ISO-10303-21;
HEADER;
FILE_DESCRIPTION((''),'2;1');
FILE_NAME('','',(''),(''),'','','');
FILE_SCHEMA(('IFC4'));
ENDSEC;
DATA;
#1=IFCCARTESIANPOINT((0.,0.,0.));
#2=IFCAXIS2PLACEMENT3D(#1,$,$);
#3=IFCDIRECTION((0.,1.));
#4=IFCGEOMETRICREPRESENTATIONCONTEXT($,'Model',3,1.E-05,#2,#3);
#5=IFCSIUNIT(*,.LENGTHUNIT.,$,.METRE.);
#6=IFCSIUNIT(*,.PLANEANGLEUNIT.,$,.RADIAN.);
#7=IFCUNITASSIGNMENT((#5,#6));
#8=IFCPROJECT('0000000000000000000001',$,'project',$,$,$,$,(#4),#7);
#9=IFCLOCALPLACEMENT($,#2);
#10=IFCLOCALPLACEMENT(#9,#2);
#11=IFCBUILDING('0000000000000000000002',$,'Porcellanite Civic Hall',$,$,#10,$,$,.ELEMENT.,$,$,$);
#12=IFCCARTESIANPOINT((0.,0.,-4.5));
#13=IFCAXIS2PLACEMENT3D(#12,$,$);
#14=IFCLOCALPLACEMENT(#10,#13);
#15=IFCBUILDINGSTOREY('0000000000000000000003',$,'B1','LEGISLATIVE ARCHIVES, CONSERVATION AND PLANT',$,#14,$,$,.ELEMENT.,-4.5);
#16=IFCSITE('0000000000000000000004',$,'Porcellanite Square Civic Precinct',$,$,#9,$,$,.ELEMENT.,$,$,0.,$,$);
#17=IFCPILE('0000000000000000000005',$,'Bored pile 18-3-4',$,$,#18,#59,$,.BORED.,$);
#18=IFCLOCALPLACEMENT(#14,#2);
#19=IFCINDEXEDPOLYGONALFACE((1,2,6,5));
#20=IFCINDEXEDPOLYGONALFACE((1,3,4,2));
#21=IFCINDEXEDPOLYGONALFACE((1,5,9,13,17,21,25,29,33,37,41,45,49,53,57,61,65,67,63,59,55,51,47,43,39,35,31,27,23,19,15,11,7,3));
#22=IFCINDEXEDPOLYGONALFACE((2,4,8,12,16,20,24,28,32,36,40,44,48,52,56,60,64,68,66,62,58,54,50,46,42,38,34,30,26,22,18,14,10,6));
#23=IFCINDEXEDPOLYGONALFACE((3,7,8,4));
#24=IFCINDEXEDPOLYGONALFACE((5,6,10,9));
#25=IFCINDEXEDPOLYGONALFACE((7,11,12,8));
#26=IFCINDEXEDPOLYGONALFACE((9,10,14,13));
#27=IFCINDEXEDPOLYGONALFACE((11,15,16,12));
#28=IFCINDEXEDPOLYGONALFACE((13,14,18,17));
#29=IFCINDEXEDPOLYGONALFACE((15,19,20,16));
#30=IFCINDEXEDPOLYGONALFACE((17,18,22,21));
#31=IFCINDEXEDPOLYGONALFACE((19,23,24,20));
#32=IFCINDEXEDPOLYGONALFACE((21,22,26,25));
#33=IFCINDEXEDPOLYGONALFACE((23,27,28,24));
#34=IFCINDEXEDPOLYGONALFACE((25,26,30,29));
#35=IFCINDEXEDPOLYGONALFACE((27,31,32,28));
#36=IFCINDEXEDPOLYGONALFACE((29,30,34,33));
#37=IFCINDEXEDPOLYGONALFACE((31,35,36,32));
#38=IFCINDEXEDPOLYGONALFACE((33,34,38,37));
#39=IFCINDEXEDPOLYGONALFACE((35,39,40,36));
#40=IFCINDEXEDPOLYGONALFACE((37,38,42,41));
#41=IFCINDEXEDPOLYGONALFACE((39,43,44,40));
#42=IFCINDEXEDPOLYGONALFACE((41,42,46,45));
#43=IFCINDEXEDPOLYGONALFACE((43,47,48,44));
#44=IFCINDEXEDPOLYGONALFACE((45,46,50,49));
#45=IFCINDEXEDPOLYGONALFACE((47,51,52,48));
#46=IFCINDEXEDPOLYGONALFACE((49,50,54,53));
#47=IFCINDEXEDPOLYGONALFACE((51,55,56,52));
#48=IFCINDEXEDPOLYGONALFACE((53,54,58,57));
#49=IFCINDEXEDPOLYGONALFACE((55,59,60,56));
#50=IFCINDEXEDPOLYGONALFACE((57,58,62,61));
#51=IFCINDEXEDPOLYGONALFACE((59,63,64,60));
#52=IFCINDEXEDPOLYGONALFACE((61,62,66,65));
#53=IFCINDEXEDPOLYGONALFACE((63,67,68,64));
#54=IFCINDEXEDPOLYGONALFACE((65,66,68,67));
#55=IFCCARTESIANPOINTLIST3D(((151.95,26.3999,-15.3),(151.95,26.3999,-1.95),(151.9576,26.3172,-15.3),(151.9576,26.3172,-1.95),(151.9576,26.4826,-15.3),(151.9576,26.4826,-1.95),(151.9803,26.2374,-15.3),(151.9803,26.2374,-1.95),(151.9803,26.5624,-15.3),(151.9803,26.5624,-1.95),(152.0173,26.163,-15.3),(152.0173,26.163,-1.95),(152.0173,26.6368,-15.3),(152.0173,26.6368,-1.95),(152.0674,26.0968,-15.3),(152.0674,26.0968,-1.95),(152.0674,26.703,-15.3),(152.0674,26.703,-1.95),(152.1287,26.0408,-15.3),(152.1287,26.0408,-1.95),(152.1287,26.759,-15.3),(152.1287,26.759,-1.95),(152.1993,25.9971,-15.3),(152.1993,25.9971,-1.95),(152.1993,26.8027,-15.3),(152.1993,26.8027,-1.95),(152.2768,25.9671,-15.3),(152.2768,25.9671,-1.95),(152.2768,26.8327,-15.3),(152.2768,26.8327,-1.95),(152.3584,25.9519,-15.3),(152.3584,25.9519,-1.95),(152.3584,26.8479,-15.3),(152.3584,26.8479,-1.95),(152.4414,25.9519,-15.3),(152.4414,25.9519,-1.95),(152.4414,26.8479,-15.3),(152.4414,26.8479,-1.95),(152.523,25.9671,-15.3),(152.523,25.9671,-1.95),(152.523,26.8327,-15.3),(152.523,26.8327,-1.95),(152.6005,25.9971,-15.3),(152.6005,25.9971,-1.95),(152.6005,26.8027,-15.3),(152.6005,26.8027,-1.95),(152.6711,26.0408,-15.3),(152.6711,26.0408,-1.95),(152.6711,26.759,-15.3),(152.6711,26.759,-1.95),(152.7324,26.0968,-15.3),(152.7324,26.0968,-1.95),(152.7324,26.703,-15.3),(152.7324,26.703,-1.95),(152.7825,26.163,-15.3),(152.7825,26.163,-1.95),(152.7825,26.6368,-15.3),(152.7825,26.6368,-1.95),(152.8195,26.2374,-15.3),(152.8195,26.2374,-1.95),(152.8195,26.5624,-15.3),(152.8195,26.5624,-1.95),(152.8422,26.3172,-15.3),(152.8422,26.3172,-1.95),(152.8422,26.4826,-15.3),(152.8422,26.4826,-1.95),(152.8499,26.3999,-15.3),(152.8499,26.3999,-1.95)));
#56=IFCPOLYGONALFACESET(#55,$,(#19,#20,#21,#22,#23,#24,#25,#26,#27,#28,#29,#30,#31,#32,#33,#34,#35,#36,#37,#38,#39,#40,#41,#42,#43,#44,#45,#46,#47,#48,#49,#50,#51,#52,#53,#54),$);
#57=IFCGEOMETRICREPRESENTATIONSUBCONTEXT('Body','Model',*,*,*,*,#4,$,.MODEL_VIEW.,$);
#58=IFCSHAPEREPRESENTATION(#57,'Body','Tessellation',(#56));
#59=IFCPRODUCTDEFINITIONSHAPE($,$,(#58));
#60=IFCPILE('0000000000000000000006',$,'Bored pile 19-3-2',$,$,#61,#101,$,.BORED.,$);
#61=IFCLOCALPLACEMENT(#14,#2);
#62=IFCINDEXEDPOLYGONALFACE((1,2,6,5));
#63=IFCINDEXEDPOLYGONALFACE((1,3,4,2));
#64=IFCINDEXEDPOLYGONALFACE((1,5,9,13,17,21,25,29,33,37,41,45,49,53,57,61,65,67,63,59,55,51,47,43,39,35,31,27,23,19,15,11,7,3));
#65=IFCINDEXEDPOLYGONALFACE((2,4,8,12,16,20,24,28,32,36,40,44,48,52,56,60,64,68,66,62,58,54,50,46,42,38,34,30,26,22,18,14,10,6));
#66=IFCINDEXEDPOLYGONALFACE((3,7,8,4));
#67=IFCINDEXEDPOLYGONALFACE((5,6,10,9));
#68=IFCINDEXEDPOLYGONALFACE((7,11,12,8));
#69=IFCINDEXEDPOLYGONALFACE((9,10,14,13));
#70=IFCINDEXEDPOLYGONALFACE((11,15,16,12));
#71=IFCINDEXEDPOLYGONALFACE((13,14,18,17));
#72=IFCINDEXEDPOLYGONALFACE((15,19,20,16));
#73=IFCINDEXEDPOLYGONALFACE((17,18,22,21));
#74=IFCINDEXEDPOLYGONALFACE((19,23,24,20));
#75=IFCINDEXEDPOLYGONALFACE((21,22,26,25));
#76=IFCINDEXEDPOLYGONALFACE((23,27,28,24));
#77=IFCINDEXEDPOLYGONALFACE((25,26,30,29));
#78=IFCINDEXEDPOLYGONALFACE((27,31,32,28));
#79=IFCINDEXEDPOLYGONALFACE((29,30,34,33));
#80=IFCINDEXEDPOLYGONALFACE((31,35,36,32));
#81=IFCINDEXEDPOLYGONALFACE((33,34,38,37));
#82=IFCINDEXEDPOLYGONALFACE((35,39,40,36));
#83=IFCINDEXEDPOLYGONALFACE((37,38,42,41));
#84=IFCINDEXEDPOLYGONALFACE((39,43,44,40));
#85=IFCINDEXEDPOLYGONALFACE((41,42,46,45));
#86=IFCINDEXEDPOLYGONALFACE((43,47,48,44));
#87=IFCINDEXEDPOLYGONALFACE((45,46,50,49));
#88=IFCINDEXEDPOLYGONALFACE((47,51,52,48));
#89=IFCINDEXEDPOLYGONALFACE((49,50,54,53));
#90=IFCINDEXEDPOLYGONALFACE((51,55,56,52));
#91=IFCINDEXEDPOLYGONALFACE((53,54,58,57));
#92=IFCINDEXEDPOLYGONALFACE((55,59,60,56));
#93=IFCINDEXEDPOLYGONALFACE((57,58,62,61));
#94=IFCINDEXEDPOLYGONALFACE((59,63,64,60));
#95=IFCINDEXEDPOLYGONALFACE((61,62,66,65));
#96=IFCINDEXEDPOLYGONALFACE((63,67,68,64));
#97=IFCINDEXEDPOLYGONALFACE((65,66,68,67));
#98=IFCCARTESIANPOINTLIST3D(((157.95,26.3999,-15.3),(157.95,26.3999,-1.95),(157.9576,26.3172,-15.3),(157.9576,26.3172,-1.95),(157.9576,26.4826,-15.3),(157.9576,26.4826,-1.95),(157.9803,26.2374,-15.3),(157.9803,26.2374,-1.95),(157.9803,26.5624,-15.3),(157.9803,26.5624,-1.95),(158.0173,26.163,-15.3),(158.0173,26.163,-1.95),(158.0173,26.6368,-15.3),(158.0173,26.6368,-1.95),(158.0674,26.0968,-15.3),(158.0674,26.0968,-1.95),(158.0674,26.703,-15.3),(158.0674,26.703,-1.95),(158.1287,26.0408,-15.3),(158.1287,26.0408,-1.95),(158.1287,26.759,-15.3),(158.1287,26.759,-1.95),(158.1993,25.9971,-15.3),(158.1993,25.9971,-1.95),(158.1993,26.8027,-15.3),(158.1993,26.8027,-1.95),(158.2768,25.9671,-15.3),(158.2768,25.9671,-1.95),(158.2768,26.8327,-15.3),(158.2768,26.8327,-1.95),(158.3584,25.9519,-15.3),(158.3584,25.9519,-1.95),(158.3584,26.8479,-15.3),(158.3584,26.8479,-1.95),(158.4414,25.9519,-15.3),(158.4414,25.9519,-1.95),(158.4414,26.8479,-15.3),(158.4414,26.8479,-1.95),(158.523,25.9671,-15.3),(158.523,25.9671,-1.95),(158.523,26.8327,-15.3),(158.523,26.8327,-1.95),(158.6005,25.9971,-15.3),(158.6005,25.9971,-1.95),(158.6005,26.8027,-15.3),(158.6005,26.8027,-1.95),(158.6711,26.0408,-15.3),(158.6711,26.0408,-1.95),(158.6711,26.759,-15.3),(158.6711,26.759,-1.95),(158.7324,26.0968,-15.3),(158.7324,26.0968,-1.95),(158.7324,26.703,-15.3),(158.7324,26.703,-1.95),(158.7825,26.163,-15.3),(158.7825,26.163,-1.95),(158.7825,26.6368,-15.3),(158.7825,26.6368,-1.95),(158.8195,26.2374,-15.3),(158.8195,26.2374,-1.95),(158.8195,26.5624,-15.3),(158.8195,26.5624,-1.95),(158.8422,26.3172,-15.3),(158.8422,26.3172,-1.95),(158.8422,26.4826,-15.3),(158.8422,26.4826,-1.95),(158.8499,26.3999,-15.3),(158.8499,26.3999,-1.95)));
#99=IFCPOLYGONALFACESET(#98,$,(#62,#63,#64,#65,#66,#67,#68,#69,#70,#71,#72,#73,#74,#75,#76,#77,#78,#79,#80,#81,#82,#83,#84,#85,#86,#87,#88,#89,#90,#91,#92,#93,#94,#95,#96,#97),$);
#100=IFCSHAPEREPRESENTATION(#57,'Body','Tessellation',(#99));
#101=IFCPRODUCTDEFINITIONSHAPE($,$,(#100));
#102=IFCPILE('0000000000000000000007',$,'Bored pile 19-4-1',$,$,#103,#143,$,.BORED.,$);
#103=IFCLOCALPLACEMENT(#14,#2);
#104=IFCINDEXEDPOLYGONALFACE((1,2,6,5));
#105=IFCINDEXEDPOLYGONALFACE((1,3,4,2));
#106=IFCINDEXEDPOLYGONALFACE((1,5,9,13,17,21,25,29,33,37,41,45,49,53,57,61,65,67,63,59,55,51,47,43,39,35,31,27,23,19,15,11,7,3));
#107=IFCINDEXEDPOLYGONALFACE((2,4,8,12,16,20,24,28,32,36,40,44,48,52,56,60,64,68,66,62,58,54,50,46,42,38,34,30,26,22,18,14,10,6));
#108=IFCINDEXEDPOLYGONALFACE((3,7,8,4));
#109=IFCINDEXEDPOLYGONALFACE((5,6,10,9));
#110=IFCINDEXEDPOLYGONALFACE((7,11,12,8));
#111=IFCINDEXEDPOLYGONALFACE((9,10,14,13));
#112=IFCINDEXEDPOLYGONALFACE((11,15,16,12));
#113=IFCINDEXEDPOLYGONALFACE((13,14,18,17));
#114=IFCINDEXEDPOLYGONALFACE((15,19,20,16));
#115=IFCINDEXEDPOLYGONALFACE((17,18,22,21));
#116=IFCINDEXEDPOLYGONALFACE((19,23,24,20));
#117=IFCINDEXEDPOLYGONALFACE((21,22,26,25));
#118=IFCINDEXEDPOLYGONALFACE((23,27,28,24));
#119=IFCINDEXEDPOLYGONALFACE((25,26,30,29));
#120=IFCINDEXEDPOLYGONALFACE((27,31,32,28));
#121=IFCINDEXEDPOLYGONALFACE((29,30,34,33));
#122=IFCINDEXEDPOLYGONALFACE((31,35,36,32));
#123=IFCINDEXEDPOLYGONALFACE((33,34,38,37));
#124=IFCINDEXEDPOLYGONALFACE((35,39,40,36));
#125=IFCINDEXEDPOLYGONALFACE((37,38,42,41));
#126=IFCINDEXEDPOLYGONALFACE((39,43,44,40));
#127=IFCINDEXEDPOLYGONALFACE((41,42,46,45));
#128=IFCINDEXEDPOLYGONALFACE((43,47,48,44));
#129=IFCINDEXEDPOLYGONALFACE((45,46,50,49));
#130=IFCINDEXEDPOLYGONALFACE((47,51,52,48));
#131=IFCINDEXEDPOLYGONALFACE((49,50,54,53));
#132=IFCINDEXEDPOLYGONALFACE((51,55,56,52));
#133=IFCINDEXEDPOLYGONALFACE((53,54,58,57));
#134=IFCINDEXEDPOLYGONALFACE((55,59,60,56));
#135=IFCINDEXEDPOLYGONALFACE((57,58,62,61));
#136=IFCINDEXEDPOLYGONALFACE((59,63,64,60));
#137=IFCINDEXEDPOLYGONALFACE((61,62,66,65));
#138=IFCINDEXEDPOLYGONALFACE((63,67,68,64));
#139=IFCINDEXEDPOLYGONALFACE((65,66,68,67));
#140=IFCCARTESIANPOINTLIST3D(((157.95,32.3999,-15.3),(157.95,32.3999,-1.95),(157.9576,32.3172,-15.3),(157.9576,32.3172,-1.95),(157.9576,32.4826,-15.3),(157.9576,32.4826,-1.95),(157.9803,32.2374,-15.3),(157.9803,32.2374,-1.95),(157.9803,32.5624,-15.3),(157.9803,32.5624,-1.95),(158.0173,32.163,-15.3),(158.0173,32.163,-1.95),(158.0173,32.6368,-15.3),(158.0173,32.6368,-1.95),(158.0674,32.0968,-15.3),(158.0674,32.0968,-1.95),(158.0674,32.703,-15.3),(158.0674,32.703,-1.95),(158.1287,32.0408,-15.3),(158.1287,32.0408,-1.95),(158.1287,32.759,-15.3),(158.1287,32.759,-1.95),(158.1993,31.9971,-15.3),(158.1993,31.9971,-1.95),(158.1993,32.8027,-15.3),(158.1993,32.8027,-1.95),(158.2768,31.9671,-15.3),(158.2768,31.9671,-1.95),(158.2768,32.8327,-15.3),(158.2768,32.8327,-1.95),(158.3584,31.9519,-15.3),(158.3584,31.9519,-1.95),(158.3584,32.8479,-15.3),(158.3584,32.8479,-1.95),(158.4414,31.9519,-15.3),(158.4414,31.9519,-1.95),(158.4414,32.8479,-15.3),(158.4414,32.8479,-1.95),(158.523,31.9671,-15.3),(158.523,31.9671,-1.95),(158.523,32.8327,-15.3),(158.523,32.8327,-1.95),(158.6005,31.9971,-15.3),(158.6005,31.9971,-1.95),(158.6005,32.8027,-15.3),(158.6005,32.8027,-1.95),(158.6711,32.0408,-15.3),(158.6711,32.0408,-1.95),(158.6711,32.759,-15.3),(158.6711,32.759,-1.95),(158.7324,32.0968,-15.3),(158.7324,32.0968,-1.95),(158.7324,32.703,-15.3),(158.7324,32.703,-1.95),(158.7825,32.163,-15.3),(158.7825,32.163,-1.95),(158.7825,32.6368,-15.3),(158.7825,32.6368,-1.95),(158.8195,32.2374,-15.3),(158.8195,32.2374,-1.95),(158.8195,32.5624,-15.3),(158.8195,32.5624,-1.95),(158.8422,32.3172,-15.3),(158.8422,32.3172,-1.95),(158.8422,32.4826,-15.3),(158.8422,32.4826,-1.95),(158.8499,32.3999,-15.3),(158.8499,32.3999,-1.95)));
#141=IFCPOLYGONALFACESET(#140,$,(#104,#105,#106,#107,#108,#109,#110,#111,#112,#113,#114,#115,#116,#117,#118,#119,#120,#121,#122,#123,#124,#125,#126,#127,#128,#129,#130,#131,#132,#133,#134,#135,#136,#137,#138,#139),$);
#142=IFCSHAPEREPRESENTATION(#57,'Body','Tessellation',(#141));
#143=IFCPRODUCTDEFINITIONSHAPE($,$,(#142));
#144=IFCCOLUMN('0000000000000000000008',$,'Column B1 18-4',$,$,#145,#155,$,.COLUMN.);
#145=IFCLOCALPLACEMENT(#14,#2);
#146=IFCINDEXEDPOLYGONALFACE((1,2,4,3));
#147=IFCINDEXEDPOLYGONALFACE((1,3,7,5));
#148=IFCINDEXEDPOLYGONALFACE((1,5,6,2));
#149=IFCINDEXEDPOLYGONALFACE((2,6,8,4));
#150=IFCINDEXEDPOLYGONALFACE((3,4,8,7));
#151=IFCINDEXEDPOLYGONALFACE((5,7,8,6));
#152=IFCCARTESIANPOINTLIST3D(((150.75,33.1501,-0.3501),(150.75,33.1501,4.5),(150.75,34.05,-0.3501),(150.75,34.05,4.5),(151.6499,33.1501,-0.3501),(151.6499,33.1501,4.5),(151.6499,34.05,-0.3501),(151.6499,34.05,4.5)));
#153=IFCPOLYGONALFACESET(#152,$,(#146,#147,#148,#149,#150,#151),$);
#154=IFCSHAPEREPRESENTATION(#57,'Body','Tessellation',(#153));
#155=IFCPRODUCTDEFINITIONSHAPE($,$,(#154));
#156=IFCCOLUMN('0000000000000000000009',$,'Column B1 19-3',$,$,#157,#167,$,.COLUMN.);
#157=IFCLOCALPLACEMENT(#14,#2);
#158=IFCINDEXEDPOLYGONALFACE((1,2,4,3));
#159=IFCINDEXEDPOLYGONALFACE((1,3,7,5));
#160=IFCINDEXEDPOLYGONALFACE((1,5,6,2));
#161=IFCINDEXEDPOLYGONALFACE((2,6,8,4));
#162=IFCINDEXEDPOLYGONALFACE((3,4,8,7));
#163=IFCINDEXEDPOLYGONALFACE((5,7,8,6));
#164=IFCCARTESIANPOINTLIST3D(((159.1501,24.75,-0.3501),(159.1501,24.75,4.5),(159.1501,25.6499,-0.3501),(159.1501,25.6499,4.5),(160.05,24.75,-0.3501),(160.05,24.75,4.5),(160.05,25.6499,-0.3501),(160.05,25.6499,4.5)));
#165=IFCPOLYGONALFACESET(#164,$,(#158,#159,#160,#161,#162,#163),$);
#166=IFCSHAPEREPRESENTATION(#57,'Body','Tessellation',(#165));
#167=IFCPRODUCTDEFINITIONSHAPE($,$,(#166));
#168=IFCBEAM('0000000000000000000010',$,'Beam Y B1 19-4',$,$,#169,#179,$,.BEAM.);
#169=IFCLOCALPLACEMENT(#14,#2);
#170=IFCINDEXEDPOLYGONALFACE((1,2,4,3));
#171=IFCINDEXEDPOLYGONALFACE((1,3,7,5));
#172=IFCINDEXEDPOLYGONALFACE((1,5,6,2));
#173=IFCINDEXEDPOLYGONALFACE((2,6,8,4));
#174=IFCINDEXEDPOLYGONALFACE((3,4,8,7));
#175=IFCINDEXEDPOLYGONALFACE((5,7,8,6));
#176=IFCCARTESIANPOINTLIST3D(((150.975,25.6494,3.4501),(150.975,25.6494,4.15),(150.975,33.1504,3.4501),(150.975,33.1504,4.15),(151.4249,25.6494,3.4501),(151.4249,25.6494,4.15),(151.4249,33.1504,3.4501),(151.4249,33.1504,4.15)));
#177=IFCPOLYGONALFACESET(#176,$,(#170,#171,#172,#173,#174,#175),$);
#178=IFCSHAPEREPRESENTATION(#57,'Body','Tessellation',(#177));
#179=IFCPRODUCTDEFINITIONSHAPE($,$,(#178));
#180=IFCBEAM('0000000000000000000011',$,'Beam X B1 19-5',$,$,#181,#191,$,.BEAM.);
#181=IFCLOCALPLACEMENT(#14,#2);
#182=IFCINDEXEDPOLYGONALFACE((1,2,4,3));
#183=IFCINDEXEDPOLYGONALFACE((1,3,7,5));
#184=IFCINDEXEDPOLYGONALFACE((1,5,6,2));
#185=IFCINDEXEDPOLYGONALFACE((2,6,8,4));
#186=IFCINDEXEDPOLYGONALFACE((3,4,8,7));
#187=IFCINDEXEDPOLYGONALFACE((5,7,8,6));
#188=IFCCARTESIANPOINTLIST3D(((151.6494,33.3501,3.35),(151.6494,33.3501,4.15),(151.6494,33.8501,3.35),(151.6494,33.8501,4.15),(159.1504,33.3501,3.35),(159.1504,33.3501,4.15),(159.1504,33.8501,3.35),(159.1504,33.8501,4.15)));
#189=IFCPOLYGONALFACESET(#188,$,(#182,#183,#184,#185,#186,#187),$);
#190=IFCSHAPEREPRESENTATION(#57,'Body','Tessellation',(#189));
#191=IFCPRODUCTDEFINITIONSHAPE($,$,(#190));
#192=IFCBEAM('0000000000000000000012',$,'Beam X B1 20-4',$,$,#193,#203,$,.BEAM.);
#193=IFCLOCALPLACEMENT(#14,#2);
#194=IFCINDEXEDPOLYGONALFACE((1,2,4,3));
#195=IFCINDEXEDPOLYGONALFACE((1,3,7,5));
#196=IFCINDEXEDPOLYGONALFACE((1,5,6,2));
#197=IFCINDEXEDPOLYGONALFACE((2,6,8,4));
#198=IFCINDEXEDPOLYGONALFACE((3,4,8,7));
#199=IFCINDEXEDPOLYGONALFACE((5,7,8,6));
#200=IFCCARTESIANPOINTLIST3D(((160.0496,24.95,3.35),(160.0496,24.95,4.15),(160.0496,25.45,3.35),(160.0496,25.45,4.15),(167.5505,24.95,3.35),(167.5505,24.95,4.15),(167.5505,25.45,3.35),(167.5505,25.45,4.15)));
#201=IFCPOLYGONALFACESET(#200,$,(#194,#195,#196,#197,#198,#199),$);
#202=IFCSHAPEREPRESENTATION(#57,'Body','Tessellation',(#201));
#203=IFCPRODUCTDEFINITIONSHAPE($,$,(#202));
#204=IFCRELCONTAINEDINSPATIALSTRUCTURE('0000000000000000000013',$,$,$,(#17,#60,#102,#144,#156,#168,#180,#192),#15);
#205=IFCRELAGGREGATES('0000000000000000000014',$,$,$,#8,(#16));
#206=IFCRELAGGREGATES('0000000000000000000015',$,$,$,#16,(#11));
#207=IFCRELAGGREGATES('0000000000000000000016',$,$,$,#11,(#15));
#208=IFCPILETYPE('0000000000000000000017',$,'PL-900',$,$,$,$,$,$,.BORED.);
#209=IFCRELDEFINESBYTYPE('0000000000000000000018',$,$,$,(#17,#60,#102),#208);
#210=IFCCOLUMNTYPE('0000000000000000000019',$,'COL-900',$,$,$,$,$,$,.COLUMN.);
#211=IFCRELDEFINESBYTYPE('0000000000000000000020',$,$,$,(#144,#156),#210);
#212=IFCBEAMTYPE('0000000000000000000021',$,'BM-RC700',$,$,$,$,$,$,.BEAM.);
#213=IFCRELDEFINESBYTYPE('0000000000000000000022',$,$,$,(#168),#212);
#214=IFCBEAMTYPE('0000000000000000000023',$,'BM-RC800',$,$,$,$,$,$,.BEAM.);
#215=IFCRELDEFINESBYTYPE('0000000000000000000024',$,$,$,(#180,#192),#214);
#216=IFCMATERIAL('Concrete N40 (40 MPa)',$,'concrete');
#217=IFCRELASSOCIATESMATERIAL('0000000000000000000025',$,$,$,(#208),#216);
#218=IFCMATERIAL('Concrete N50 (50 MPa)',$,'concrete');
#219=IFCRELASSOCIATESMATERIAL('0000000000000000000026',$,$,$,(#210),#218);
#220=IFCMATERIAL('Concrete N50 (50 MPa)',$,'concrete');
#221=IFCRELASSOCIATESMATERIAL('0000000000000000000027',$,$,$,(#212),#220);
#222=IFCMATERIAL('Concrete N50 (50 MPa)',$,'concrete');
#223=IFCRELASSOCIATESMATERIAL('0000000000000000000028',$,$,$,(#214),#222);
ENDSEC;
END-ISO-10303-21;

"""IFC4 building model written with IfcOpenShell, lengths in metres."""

from ifc_helpers import new_model, si_unit, direction, frame, origin, origin_2d, place, context, subcontext, project, spatial, rectangle, circle, extrude, material, material_profile, profile_set, type_object, element, save


model = new_model("IFC4")

# Units and contexts
model_context = context("Model", 3, precision=1e-05, world=origin(), true_north=direction((0.0, 1.0)))
body_context = subcontext(model_context, "Body", "Model", "MODEL_VIEW")
ifc_project = project(units=[si_unit("LENGTHUNIT", "METRE"), si_unit("PLANEANGLEUNIT", "RADIAN")], contexts=[model_context])

# Site, building, storey
site_placement = place(None, origin())
site = spatial("IfcSite", under=ifc_project, at=site_placement, Name="Porcellanite Square Civic Precinct", CompositionType="ELEMENT", RefElevation=0.0)
building_placement = place(site_placement, origin())
building = spatial("IfcBuilding", under=site, at=building_placement, Name="Porcellanite Civic Hall", CompositionType="ELEMENT")
storey_placement = place(building_placement, frame((0.0, 0.0, -4.5)))
storey = spatial("IfcBuildingStorey", under=building, at=storey_placement, Name="B1", Description="LEGISLATIVE ARCHIVES, CONSERVATION AND PLANT", CompositionType="ELEMENT", Elevation=-4.5)

# Piles
ifc_material_1 = material(Name="Concrete N40 (40 MPa)", Category="concrete")
ifc_material_profile_1 = material_profile(ifc_material_1, circle(Radius=0.45, at=origin_2d()), Name="PILE-D900")
ifc_profile_set_1 = profile_set([ifc_material_profile_1], Name="Concrete N40 (40 MPa)")
pile_type_1 = type_object("IfcPileType", Name="PL-900", PredefinedType="BORED", material=ifc_profile_set_1)
for number, where, z_axis, x_axis, name in (
    (1, (152.3999, 26.3999, -1.95), (0.0, 0.0, -1.0), (1.0, 0.0, 0.0), "Bored pile 18-3-4"),
    (2, (158.3999, 26.3999, -1.95), (0.0, 0.0, -1.0), (1.0, 0.0, 0.0), "Bored pile 19-3-2"),
    (3, (158.3999, 32.3999, -1.95), (0.0, 0.0, -1.0), (1.0, 0.0, 0.0), "Bored pile 19-4-1"),
):
    element("IfcPile", number, at=place(storey_placement, frame(where, z_axis=z_axis, x_axis=x_axis)), inside=storey, type_object=pile_type_1, Name=name, PredefinedType="BORED", context=body_context, shape_type="SweptSolid", body=[
        extrude(circle(Radius=0.45, at=origin_2d()), origin(), (0.0, 0.0, 1.0), 13.3501),
    ])

# Columns
ifc_material_2 = material(Name="Concrete N50 (50 MPa)", Category="concrete")
ifc_material_profile_2 = material_profile(ifc_material_2, rectangle(XDim=0.8999, YDim=0.8999, at=origin_2d()), Name="RC-900x900")
ifc_profile_set_2 = profile_set([ifc_material_profile_2], Name="Concrete N50 (50 MPa)")
column_type = type_object("IfcColumnType", Name="COL-900", PredefinedType="COLUMN", material=ifc_profile_set_2)
for number, where, z_axis, x_axis, name in (
    (4, (151.2, 33.6001, -0.3501), (0.0, 0.0, 1.0), (1.0, 0.0, 0.0), "Column B1 18-4"),
    (5, (159.6001, 25.2, -0.3501), (0.0, 0.0, 1.0), (1.0, 0.0, 0.0), "Column B1 19-3"),
):
    element("IfcColumn", number, at=place(storey_placement, frame(where, z_axis=z_axis, x_axis=x_axis)), inside=storey, type_object=column_type, Name=name, PredefinedType="COLUMN", context=body_context, shape_type="SweptSolid", body=[
        extrude(rectangle(XDim=0.8999, YDim=0.8999, at=origin_2d()), origin(), (0.0, 0.0, 1.0), 4.8501),
    ])

# Beams
ifc_material_3 = material(Name="Concrete N50 (50 MPa)", Category="concrete")
ifc_material_profile_3 = material_profile(ifc_material_3, rectangle(XDim=0.45, YDim=0.7, at=origin_2d()), Name="RC-450x700")
ifc_profile_set_3 = profile_set([ifc_material_profile_3], Name="Concrete N50 (50 MPa)")
beam_type_1 = type_object("IfcBeamType", Name="BM-RC700", PredefinedType="BEAM", material=ifc_profile_set_3)
beam_1_placement = place(storey_placement, frame((151.2, 25.6494, 3.8), z_axis=(0.0, 1.0, 0.0), x_axis=(-1.0, 0.0, 0.0)))
element("IfcBeam", 6, at=beam_1_placement, inside=storey, type_object=beam_type_1, Name="Beam Y B1 19-4", PredefinedType="BEAM", context=body_context, shape_type="SweptSolid", body=[
    extrude(rectangle(XDim=0.45, YDim=0.7, at=origin_2d()), origin(), (0.0, 0.0, 1.0), 7.501),
])
ifc_material_4 = material(Name="Concrete N50 (50 MPa)", Category="concrete")
ifc_material_profile_4 = material_profile(ifc_material_4, rectangle(XDim=0.5, YDim=0.8, at=origin_2d()), Name="RC-500x800")
ifc_profile_set_4 = profile_set([ifc_material_profile_4], Name="Concrete N50 (50 MPa)")
beam_type_2 = type_object("IfcBeamType", Name="BM-RC800", PredefinedType="BEAM", material=ifc_profile_set_4)
for number, where, z_axis, x_axis, name in (
    (7, (151.6494, 33.6001, 3.75), (1.0, 0.0, 0.0), (0.0, 1.0, 0.0), "Beam X B1 19-5"),
    (8, (160.0496, 25.2, 3.75), (1.0, 0.0, 0.0), (0.0, 1.0, 0.0), "Beam X B1 20-4"),
):
    element("IfcBeam", number, at=place(storey_placement, frame(where, z_axis=z_axis, x_axis=x_axis)), inside=storey, type_object=beam_type_2, Name=name, PredefinedType="BEAM", context=body_context, shape_type="SweptSolid", body=[
        extrude(rectangle(XDim=0.5, YDim=0.8, at=origin_2d()), origin(), (0.0, 0.0, 1.0), 7.501),
    ])

save(model, "model.ifc")
